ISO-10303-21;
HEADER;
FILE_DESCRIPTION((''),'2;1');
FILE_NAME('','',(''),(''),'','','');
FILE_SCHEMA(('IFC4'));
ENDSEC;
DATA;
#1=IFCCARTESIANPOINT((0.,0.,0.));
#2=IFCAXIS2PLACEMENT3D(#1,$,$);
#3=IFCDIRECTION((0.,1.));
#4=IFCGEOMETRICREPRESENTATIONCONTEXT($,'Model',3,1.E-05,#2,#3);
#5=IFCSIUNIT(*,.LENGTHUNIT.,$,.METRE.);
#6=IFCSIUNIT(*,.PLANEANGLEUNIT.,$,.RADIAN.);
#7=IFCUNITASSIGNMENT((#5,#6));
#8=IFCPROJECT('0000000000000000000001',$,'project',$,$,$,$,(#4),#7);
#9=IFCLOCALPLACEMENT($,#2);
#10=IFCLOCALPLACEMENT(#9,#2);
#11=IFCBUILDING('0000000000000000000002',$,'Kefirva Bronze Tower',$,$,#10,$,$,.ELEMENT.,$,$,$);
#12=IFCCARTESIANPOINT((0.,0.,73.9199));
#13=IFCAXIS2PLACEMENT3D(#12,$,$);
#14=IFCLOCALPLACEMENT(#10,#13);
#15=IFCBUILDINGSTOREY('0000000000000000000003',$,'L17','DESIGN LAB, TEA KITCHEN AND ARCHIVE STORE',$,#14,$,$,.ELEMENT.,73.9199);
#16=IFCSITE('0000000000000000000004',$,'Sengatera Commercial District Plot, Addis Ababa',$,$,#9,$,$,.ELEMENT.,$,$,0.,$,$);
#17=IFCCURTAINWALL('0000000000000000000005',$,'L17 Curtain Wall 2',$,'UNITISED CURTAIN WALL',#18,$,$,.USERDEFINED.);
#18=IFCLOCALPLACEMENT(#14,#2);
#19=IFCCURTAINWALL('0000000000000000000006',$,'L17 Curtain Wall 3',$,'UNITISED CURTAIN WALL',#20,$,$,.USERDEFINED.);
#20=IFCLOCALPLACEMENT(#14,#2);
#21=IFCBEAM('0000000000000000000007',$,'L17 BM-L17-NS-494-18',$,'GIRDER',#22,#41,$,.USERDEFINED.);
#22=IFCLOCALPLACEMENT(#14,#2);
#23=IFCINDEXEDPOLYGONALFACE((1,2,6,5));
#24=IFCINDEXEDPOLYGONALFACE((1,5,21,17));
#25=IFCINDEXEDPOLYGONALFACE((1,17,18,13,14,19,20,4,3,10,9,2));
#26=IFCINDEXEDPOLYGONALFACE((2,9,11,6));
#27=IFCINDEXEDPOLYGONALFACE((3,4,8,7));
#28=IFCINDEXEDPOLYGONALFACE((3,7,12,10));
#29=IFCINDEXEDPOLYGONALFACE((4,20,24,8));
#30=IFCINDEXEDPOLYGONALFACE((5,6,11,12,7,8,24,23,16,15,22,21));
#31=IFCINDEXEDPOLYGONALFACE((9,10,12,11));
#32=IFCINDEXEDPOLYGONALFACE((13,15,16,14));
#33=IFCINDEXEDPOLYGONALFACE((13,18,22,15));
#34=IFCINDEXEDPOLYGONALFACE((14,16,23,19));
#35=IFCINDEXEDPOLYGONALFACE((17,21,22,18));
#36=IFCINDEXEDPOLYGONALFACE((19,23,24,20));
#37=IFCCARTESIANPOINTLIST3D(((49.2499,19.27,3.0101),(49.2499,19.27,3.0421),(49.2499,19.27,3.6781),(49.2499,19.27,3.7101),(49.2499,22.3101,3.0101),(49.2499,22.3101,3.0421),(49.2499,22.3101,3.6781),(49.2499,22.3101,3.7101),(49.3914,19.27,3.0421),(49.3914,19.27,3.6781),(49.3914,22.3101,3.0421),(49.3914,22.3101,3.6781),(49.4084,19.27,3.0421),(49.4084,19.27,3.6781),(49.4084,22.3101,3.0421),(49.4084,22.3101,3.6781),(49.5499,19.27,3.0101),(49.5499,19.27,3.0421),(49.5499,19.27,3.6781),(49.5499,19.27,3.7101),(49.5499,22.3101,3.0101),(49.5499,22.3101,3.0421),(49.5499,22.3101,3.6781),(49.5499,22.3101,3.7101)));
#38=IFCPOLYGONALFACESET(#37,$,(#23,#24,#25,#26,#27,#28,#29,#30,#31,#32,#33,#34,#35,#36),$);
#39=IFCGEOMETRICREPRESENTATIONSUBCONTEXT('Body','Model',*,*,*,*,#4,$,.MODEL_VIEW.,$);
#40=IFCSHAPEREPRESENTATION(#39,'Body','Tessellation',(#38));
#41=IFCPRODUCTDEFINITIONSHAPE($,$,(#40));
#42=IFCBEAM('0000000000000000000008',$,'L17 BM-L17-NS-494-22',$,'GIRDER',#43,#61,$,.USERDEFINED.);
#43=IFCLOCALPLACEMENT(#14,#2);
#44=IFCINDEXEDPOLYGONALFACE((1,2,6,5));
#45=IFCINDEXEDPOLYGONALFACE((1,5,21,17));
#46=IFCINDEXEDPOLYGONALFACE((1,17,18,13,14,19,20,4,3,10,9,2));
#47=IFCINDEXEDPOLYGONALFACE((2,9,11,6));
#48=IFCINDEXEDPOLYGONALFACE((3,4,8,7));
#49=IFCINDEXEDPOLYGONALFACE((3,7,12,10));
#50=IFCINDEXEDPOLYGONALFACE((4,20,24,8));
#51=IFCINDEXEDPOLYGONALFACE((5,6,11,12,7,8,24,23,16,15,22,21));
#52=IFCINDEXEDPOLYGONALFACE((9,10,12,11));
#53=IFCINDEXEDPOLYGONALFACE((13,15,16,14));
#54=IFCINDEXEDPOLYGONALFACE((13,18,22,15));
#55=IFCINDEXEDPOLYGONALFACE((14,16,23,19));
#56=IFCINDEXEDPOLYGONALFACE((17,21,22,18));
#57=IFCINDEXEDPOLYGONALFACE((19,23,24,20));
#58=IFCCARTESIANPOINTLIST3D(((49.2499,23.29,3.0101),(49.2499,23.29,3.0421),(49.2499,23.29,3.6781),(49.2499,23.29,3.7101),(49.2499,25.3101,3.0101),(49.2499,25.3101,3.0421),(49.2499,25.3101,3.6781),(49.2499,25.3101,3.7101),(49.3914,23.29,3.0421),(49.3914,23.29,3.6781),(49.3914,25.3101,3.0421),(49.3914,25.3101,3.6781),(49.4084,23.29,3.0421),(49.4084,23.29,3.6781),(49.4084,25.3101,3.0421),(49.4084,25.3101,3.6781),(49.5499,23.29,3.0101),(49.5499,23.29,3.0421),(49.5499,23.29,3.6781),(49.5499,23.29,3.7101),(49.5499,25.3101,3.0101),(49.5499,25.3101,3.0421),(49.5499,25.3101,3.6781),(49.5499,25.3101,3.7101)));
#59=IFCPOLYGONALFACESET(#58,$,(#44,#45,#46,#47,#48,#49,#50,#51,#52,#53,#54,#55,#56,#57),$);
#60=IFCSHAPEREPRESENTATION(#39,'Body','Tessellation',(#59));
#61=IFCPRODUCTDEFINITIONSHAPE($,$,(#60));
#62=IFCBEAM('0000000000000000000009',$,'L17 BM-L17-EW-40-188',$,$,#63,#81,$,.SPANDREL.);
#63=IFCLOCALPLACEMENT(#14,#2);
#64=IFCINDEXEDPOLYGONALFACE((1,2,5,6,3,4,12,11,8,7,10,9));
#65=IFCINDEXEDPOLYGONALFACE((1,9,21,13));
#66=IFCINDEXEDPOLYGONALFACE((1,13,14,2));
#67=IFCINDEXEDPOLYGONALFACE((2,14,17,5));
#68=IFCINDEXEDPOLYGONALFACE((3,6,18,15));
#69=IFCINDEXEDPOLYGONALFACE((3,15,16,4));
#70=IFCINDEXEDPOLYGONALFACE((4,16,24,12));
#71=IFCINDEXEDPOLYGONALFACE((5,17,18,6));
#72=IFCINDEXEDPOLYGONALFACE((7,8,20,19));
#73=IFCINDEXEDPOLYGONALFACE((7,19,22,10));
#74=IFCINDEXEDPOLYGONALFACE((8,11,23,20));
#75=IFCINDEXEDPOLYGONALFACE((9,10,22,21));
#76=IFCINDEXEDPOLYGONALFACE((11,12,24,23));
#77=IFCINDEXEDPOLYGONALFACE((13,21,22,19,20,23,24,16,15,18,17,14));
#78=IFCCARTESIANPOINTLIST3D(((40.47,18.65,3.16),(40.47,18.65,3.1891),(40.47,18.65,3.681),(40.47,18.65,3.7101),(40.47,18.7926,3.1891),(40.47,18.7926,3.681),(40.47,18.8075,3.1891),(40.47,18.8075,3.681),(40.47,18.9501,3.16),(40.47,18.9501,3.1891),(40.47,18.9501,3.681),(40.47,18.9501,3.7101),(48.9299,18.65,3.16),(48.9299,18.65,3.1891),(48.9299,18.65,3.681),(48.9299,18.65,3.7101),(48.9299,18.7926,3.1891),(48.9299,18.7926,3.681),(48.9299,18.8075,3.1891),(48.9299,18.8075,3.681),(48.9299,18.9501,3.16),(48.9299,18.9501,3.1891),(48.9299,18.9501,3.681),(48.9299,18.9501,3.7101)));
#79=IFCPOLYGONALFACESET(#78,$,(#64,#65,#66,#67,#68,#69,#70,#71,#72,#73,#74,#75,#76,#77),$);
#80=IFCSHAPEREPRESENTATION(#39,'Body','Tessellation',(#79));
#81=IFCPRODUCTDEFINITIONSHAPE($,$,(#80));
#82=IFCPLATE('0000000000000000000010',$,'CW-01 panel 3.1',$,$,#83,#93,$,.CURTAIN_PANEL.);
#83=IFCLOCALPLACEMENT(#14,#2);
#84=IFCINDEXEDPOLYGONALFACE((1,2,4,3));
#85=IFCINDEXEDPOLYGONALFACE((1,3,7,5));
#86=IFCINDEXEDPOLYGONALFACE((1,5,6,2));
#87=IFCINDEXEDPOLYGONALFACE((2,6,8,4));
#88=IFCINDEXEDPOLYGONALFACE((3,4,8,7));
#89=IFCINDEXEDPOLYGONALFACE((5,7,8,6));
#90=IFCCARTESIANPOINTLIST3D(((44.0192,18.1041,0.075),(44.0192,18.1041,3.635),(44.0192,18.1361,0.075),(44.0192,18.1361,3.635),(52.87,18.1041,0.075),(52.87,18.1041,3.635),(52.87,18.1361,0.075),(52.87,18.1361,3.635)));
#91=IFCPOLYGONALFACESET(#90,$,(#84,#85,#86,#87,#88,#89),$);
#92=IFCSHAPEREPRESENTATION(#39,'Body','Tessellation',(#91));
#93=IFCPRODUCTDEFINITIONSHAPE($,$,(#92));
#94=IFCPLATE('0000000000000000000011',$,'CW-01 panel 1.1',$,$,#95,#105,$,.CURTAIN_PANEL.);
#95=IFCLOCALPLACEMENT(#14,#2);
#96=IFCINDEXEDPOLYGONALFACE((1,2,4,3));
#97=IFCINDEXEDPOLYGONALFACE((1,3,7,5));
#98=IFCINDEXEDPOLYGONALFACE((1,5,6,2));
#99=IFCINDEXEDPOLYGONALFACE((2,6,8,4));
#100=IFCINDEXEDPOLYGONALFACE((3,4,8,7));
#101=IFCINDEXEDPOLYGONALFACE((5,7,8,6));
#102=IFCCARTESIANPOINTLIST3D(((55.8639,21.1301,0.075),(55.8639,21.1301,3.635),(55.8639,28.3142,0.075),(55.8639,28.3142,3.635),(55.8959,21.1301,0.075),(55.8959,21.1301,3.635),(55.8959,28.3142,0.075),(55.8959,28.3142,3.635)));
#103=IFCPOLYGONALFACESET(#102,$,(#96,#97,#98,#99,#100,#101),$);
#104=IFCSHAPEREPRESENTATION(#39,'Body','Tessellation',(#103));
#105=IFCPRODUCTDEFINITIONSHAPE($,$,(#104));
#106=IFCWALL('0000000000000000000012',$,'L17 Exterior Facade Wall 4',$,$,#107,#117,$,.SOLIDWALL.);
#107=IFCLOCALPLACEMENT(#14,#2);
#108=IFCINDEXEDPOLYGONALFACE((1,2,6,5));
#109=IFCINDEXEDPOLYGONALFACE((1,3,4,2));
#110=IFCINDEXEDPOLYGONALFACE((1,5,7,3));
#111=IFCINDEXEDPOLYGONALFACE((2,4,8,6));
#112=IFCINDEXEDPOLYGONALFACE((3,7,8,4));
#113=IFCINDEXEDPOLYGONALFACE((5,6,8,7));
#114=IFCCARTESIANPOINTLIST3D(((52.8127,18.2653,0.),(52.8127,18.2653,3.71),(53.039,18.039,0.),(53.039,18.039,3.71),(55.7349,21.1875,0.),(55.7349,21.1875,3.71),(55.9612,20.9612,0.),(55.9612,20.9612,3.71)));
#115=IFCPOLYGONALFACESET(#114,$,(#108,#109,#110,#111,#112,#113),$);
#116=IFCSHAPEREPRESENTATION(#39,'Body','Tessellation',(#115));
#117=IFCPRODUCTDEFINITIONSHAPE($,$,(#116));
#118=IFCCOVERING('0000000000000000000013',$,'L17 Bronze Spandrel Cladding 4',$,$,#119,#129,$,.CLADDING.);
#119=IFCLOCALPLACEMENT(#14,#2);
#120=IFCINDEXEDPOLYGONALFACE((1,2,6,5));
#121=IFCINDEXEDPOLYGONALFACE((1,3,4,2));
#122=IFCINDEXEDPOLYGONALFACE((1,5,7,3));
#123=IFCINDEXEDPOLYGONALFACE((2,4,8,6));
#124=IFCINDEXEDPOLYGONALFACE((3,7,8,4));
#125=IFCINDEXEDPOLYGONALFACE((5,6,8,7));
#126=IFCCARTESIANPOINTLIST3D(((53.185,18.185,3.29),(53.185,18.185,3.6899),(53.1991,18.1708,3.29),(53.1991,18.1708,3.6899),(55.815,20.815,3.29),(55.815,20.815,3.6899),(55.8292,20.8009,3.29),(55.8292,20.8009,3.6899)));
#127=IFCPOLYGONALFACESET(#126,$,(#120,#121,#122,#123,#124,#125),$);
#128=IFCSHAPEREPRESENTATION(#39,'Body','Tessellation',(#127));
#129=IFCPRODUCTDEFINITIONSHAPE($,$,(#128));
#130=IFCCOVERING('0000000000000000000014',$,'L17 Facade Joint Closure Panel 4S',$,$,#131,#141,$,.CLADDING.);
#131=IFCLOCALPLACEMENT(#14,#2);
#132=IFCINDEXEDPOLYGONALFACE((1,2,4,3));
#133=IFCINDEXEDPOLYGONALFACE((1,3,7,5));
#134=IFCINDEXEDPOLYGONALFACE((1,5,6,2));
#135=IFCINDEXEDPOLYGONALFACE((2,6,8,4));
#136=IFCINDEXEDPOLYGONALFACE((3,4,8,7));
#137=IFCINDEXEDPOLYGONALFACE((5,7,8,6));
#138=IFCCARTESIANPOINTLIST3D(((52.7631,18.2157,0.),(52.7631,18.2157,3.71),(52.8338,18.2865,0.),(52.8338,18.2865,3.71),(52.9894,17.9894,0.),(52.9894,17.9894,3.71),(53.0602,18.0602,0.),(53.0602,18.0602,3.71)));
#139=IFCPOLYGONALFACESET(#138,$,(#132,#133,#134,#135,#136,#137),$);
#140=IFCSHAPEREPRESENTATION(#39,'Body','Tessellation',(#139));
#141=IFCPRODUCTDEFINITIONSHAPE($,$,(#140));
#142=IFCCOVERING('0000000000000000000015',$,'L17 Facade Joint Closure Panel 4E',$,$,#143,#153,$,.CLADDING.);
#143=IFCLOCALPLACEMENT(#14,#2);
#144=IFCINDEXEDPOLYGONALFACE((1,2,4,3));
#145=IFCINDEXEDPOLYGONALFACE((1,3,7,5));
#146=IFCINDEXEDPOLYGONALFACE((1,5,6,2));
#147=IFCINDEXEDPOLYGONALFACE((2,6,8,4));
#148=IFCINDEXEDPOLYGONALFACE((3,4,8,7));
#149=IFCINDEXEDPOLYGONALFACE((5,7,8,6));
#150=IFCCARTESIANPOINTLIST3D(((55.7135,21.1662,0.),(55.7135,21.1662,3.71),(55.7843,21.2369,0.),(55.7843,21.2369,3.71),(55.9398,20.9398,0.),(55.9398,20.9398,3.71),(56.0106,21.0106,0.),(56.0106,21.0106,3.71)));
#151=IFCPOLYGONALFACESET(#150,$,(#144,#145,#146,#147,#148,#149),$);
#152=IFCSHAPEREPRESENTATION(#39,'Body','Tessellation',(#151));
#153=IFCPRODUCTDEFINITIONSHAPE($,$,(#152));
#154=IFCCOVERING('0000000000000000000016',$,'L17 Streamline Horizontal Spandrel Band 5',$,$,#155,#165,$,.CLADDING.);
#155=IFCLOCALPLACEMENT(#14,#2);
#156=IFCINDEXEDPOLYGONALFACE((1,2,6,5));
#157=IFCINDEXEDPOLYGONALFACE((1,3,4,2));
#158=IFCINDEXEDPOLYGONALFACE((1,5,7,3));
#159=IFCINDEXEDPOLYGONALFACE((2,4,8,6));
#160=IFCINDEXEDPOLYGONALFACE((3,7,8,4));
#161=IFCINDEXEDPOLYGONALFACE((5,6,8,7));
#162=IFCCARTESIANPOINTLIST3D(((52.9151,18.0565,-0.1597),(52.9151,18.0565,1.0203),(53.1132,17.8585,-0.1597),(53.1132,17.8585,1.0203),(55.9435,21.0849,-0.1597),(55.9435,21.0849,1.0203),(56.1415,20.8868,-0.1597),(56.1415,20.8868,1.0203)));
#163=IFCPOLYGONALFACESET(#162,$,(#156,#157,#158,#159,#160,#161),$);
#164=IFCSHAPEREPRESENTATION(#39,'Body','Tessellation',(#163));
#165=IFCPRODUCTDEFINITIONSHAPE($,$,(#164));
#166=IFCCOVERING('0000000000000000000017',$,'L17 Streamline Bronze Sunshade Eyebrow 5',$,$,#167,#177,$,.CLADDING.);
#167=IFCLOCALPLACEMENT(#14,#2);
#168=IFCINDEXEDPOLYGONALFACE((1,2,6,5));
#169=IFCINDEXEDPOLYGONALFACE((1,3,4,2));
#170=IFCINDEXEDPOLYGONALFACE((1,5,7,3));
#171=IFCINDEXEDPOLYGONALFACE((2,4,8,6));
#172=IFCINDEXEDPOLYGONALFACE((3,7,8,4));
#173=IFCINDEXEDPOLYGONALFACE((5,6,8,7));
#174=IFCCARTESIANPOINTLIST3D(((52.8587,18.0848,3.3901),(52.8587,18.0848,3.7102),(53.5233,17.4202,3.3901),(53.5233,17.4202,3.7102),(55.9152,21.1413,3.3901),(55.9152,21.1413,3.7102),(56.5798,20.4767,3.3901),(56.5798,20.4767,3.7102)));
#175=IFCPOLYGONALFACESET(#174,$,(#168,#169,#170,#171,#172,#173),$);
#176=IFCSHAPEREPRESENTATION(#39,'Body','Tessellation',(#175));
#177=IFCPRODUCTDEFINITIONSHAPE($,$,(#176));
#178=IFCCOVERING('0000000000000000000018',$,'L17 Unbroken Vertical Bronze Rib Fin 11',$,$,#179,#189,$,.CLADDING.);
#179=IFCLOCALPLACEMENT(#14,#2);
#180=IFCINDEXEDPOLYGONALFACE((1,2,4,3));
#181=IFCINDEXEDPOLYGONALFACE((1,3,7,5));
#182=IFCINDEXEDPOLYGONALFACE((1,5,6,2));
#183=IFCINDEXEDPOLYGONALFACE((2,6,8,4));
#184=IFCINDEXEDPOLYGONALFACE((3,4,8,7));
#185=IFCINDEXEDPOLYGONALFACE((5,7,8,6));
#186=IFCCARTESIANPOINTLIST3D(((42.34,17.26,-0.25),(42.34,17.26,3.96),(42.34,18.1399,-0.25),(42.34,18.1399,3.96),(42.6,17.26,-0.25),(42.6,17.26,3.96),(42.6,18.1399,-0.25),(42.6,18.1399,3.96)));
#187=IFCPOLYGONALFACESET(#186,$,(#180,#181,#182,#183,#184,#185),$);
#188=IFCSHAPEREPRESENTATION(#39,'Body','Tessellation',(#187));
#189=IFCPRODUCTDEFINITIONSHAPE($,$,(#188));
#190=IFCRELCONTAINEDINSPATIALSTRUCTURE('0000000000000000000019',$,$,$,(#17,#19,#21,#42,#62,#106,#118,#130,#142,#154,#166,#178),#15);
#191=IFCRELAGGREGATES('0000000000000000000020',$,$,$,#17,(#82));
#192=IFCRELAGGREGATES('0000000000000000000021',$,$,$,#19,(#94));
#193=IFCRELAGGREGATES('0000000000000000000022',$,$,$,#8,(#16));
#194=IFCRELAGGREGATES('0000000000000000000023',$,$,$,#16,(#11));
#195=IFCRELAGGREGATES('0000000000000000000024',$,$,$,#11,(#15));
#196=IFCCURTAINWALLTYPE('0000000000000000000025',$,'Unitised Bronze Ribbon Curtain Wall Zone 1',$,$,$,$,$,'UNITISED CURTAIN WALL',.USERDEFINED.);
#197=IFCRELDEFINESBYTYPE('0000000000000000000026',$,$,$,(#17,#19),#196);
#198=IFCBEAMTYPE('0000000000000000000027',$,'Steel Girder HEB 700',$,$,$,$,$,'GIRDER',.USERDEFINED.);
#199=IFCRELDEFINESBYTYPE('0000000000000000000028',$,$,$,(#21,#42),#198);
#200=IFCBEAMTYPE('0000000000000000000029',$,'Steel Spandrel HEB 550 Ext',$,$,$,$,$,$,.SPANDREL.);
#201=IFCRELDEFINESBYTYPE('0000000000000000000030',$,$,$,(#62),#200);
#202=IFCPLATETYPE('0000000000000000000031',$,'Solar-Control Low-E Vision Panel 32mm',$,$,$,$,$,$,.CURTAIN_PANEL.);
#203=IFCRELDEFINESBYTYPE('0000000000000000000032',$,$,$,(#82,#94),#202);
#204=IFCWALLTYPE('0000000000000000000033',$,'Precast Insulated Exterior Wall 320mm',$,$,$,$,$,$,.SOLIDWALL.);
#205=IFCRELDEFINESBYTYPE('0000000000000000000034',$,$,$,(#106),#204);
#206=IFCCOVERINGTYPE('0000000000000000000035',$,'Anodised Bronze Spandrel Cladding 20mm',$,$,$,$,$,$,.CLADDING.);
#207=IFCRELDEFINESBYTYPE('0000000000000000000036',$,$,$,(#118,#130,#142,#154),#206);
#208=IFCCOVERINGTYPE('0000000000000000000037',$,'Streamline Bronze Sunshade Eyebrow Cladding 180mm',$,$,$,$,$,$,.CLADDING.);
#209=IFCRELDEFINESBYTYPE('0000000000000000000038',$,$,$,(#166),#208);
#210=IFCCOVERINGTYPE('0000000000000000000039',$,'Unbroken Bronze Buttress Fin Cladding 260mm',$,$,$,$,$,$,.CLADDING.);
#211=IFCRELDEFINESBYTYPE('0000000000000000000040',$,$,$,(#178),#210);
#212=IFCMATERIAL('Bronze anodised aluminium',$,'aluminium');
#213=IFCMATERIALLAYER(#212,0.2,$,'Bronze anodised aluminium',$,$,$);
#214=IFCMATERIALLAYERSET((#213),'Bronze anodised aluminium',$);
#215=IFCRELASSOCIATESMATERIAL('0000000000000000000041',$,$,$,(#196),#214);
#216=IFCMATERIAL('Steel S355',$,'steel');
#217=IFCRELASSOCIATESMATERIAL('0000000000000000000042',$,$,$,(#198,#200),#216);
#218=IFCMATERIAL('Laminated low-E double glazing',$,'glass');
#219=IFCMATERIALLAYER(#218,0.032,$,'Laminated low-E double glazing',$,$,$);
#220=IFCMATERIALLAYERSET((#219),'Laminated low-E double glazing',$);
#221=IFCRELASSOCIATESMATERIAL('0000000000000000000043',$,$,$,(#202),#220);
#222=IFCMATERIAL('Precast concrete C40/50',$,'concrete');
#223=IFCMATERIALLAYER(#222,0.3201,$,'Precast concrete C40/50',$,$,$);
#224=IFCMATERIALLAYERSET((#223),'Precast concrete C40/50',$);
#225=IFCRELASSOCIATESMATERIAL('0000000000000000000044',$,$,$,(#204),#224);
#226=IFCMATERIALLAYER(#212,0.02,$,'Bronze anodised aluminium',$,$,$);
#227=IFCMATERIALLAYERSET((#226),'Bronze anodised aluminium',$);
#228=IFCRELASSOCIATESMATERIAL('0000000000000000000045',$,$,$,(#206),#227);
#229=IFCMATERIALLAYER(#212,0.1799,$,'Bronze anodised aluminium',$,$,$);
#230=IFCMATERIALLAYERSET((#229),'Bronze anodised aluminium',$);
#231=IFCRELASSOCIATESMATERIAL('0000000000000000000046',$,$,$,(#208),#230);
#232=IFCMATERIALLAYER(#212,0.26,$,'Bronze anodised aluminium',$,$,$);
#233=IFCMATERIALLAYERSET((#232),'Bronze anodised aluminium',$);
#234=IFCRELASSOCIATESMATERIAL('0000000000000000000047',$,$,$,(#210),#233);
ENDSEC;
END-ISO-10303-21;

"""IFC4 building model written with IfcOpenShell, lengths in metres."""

from ifc_helpers import new_model, si_unit, direction, frame, frame_2d, origin, origin_2d, place, context, subcontext, project, spatial, rectangle, i_section, extrude, material, layer, layer_set, material_profile, profile_set, type_object, element, aggregate, save


model = new_model("IFC4")

# Units and contexts
model_context = context("Model", 3, precision=1e-05, world=origin(), true_north=direction((0.0, 1.0)))
body_context = subcontext(model_context, "Body", "Model", "MODEL_VIEW")
ifc_project = project(units=[si_unit("LENGTHUNIT", "METRE"), si_unit("PLANEANGLEUNIT", "RADIAN")], contexts=[model_context])

# Site, building, storey
site_placement = place(None, origin())
site = spatial("IfcSite", under=ifc_project, at=site_placement, Name="Sengatera Commercial District Plot, Addis Ababa", CompositionType="ELEMENT", RefElevation=0.0)
building_placement = place(site_placement, origin())
building = spatial("IfcBuilding", under=site, at=building_placement, Name="Kefirva Bronze Tower", CompositionType="ELEMENT")
storey_placement = place(building_placement, frame((0.0, 0.0, 73.9199)))
storey = spatial("IfcBuildingStorey", under=building, at=storey_placement, Name="L17", Description="DESIGN LAB, TEA KITCHEN AND ARCHIVE STORE", CompositionType="ELEMENT", Elevation=73.9199)

# Curtain wall
ifc_material_1 = material(Name="Bronze anodised aluminium", Category="aluminium")
ifc_layer_1 = layer(ifc_material_1, 0.2, Name="Bronze anodised aluminium")
ifc_layer_set_1 = layer_set([ifc_layer_1], Name="Bronze anodised aluminium")
curtain_wall_type = type_object("IfcCurtainWallType", Name="Unitised Bronze Ribbon Curtain Wall Zone 1", ElementType="UNITISED CURTAIN WALL", PredefinedType="USERDEFINED", material=ifc_layer_set_1)
curtain_wall_1_placement = place(storey_placement, origin())
curtain_wall_1 = element("IfcCurtainWall", 1, at=curtain_wall_1_placement, inside=storey, type_object=curtain_wall_type, Name="L17 Curtain Wall 2", ObjectType="UNITISED CURTAIN WALL", PredefinedType="USERDEFINED")

# Curtain wall
curtain_wall_2_placement = place(storey_placement, origin())
curtain_wall_2 = element("IfcCurtainWall", 2, at=curtain_wall_2_placement, inside=storey, type_object=curtain_wall_type, Name="L17 Curtain Wall 3", ObjectType="UNITISED CURTAIN WALL", PredefinedType="USERDEFINED")

# Beams
ifc_material_2 = material(Name="Steel S355", Category="steel")
ifc_material_profile_1 = material_profile(ifc_material_2, i_section(OverallWidth=0.3, OverallDepth=0.7, WebThickness=0.0171, FlangeThickness=0.032, at=origin_2d()), Name="HEB 700")
ifc_profile_set_1 = profile_set([ifc_material_profile_1], Name="Steel S355")
beam_type_1 = type_object("IfcBeamType", Name="Steel Girder HEB 700", ElementType="GIRDER", PredefinedType="USERDEFINED", material=ifc_profile_set_1)
beam_1_placement = place(storey_placement, frame((49.3999, 19.27, 3.3601), z_axis=(0.0, 1.0, 0.0), x_axis=(-1.0, 0.0, 0.0)))
element("IfcBeam", 3, at=beam_1_placement, inside=storey, type_object=beam_type_1, Name="L17 BM-L17-NS-494-18", ObjectType="GIRDER", PredefinedType="USERDEFINED", context=body_context, shape_type="SweptSolid", body=[
    extrude(i_section(OverallWidth=0.3, OverallDepth=0.7, WebThickness=0.0171, FlangeThickness=0.032, at=origin_2d()), origin(), (0.0, 0.0, 1.0), 3.04),
])
beam_2_placement = place(storey_placement, frame((49.3999, 23.29, 3.3601), z_axis=(0.0, 1.0, 0.0), x_axis=(-1.0, 0.0, 0.0)))
element("IfcBeam", 4, at=beam_2_placement, inside=storey, type_object=beam_type_1, Name="L17 BM-L17-NS-494-22", ObjectType="GIRDER", PredefinedType="USERDEFINED", context=body_context, shape_type="SweptSolid", body=[
    extrude(i_section(OverallWidth=0.3, OverallDepth=0.7, WebThickness=0.0171, FlangeThickness=0.032, at=origin_2d()), origin(), (0.0, 0.0, 1.0), 2.02),
])
ifc_material_profile_2 = material_profile(ifc_material_2, i_section(OverallWidth=0.3, OverallDepth=0.55, WebThickness=0.0149, FlangeThickness=0.0291, at=origin_2d()), Name="HEB 550")
ifc_profile_set_2 = profile_set([ifc_material_profile_2], Name="Steel S355")
beam_type_2 = type_object("IfcBeamType", Name="Steel Spandrel HEB 550 Ext", PredefinedType="SPANDREL", material=ifc_profile_set_2)
beam_3_placement = place(storey_placement, frame((40.47, 18.8, 3.4351), z_axis=(1.0, 0.0, 0.0), x_axis=(0.0, 1.0, 0.0)))
element("IfcBeam", 5, at=beam_3_placement, inside=storey, type_object=beam_type_2, Name="L17 BM-L17-EW-40-188", PredefinedType="SPANDREL", context=body_context, shape_type="SweptSolid", body=[
    extrude(i_section(OverallWidth=0.3, OverallDepth=0.55, WebThickness=0.0149, FlangeThickness=0.0291, at=origin_2d()), origin(), (0.0, 0.0, 1.0), 8.46),
])

# Plates
ifc_material_3 = material(Name="Laminated low-E double glazing", Category="glass")
ifc_layer_2 = layer(ifc_material_3, 0.032, Name="Laminated low-E double glazing")
ifc_layer_set_2 = layer_set([ifc_layer_2], Name="Laminated low-E double glazing")
plate_type = type_object("IfcPlateType", Name="Solar-Control Low-E Vision Panel 32mm", PredefinedType="CURTAIN_PANEL", material=ifc_layer_set_2)
plate_1_placement = place(storey_placement, frame((48.4446, 18.1201, 0.075), z_axis=(0.0, 0.0, 1.0), x_axis=(1.0, 0.0, 0.0)))
plate_1 = element("IfcPlate", 6, at=plate_1_placement, type_object=plate_type, Name="CW-01 panel 3.1", PredefinedType="CURTAIN_PANEL", context=body_context, shape_type="SweptSolid", body=[
    extrude(rectangle(XDim=8.8508, YDim=0.032, at=origin_2d()), origin(), (0.0, 0.0, 1.0), 3.5601),
])
aggregate(curtain_wall_1, [plate_1])
plate_2_placement = place(storey_placement, frame((55.8799, 24.7222, 0.075), z_axis=(0.0, 0.0, 1.0), x_axis=(0.0, 1.0, 0.0)))
plate_2 = element("IfcPlate", 7, at=plate_2_placement, type_object=plate_type, Name="CW-01 panel 1.1", PredefinedType="CURTAIN_PANEL", context=body_context, shape_type="SweptSolid", body=[
    extrude(rectangle(XDim=7.1841, YDim=0.032, at=origin_2d()), origin(), (0.0, 0.0, 1.0), 3.5601),
])
aggregate(curtain_wall_2, [plate_2])

# Wall
ifc_material_4 = material(Name="Precast concrete C40/50", Category="concrete")
ifc_layer_3 = layer(ifc_material_4, 0.3201, Name="Precast concrete C40/50")
ifc_layer_set_3 = layer_set([ifc_layer_3], Name="Precast concrete C40/50")
wall_type = type_object("IfcWallType", Name="Precast Insulated Exterior Wall 320mm", PredefinedType="SOLIDWALL", material=ifc_layer_set_3)
wall_placement = place(storey_placement, frame((52.9258, 18.1521, 0.0), z_axis=(0.0, 0.0, 1.0), x_axis=(0.707107, 0.707107, 0.0)))
element("IfcWall", 8, at=wall_placement, inside=storey, type_object=wall_type, Name="L17 Exterior Facade Wall 4", PredefinedType="SOLIDWALL", context=body_context, shape_type="SweptSolid", body=[
    extrude(rectangle(XDim=4.1326, YDim=0.3201, at=frame_2d((2.0664, 0.0))), origin(), (0.0, 0.0, 1.0), 3.71),
])

# Coverings
ifc_layer_4 = layer(ifc_material_1, 0.02, Name="Bronze anodised aluminium")
ifc_layer_set_4 = layer_set([ifc_layer_4], Name="Bronze anodised aluminium")
covering_type_1 = type_object("IfcCoveringType", Name="Anodised Bronze Spandrel Cladding 20mm", PredefinedType="CLADDING", material=ifc_layer_set_4)
covering_1_placement = place(storey_placement, frame((54.5071, 19.4929, 3.29), z_axis=(0.0, 0.0, 1.0), x_axis=(0.707107, 0.707107, 0.0)))
element("IfcCovering", 9, at=covering_1_placement, inside=storey, type_object=covering_type_1, Name="L17 Bronze Spandrel Cladding 4", PredefinedType="CLADDING", context=body_context, shape_type="SweptSolid", body=[
    extrude(rectangle(XDim=3.7195, YDim=0.02, at=origin_2d()), origin(), (0.0, 0.0, 1.0), 0.3999),
])
for number, where, z_axis, x_axis, name in (
    (10, (52.9116, 18.1379, 0.0), (0.0, 0.0, 1.0), (0.707107, 0.707107, 0.0), "L17 Facade Joint Closure Panel 4S"),
    (11, (55.8621, 21.0884, 0.0), (0.0, 0.0, 1.0), (0.707107, 0.707107, 0.0), "L17 Facade Joint Closure Panel 4E"),
):
    element("IfcCovering", number, at=place(storey_placement, frame(where, z_axis=z_axis, x_axis=x_axis)), inside=storey, type_object=covering_type_1, Name=name, PredefinedType="CLADDING", context=body_context, shape_type="SweptSolid", body=[
        extrude(rectangle(XDim=0.1001, YDim=0.3201, at=origin_2d()), origin(), (0.0, 0.0, 1.0), 3.71),
    ])
covering_2_placement = place(storey_placement, frame((54.5283, 19.4717, -0.1597), z_axis=(0.0, 0.0, 1.0), x_axis=(0.707107, 0.707107, 0.0)))
element("IfcCovering", 12, at=covering_2_placement, inside=storey, type_object=covering_type_1, Name="L17 Streamline Horizontal Spandrel Band 5", PredefinedType="CLADDING", context=body_context, shape_type="SweptSolid", body=[
    extrude(rectangle(XDim=4.2827, YDim=0.28, at=origin_2d()), origin(), (0.0, 0.0, 1.0), 1.1799),
])
ifc_layer_5 = layer(ifc_material_1, 0.1799, Name="Bronze anodised aluminium")
ifc_layer_set_5 = layer_set([ifc_layer_5], Name="Bronze anodised aluminium")
covering_type_2 = type_object("IfcCoveringType", Name="Streamline Bronze Sunshade Eyebrow Cladding 180mm", PredefinedType="CLADDING", material=ifc_layer_set_5)
covering_3_placement = place(storey_placement, frame((54.7192, 19.2808, 3.3901), z_axis=(0.0, 0.0, 1.0), x_axis=(0.707107, 0.707107, 0.0)))
element("IfcCovering", 13, at=covering_3_placement, inside=storey, type_object=covering_type_2, Name="L17 Streamline Bronze Sunshade Eyebrow 5", PredefinedType="CLADDING", context=body_context, shape_type="SweptSolid", body=[
    extrude(rectangle(XDim=4.3225, YDim=0.9399, at=origin_2d()), origin(), (0.0, 0.0, 1.0), 0.3201),
])
ifc_layer_6 = layer(ifc_material_1, 0.26, Name="Bronze anodised aluminium")
ifc_layer_set_6 = layer_set([ifc_layer_6], Name="Bronze anodised aluminium")
covering_type_3 = type_object("IfcCoveringType", Name="Unbroken Bronze Buttress Fin Cladding 260mm", PredefinedType="CLADDING", material=ifc_layer_set_6)
for number, where, z_axis, x_axis, name in (
    (14, (42.47, 17.7, -0.25), (0.0, 0.0, 1.0), (1.0, 0.0, 0.0), "L17 Unbroken Vertical Bronze Rib Fin 11"),
):
    element("IfcCovering", number, at=place(storey_placement, frame(where, z_axis=z_axis, x_axis=x_axis)), inside=storey, type_object=covering_type_3, Name=name, PredefinedType="CLADDING", context=body_context, shape_type="SweptSolid", body=[
        extrude(rectangle(XDim=0.26, YDim=0.8799, at=origin_2d()), origin(), (0.0, 0.0, 1.0), 4.21),
    ])

save(model, "model.ifc")
